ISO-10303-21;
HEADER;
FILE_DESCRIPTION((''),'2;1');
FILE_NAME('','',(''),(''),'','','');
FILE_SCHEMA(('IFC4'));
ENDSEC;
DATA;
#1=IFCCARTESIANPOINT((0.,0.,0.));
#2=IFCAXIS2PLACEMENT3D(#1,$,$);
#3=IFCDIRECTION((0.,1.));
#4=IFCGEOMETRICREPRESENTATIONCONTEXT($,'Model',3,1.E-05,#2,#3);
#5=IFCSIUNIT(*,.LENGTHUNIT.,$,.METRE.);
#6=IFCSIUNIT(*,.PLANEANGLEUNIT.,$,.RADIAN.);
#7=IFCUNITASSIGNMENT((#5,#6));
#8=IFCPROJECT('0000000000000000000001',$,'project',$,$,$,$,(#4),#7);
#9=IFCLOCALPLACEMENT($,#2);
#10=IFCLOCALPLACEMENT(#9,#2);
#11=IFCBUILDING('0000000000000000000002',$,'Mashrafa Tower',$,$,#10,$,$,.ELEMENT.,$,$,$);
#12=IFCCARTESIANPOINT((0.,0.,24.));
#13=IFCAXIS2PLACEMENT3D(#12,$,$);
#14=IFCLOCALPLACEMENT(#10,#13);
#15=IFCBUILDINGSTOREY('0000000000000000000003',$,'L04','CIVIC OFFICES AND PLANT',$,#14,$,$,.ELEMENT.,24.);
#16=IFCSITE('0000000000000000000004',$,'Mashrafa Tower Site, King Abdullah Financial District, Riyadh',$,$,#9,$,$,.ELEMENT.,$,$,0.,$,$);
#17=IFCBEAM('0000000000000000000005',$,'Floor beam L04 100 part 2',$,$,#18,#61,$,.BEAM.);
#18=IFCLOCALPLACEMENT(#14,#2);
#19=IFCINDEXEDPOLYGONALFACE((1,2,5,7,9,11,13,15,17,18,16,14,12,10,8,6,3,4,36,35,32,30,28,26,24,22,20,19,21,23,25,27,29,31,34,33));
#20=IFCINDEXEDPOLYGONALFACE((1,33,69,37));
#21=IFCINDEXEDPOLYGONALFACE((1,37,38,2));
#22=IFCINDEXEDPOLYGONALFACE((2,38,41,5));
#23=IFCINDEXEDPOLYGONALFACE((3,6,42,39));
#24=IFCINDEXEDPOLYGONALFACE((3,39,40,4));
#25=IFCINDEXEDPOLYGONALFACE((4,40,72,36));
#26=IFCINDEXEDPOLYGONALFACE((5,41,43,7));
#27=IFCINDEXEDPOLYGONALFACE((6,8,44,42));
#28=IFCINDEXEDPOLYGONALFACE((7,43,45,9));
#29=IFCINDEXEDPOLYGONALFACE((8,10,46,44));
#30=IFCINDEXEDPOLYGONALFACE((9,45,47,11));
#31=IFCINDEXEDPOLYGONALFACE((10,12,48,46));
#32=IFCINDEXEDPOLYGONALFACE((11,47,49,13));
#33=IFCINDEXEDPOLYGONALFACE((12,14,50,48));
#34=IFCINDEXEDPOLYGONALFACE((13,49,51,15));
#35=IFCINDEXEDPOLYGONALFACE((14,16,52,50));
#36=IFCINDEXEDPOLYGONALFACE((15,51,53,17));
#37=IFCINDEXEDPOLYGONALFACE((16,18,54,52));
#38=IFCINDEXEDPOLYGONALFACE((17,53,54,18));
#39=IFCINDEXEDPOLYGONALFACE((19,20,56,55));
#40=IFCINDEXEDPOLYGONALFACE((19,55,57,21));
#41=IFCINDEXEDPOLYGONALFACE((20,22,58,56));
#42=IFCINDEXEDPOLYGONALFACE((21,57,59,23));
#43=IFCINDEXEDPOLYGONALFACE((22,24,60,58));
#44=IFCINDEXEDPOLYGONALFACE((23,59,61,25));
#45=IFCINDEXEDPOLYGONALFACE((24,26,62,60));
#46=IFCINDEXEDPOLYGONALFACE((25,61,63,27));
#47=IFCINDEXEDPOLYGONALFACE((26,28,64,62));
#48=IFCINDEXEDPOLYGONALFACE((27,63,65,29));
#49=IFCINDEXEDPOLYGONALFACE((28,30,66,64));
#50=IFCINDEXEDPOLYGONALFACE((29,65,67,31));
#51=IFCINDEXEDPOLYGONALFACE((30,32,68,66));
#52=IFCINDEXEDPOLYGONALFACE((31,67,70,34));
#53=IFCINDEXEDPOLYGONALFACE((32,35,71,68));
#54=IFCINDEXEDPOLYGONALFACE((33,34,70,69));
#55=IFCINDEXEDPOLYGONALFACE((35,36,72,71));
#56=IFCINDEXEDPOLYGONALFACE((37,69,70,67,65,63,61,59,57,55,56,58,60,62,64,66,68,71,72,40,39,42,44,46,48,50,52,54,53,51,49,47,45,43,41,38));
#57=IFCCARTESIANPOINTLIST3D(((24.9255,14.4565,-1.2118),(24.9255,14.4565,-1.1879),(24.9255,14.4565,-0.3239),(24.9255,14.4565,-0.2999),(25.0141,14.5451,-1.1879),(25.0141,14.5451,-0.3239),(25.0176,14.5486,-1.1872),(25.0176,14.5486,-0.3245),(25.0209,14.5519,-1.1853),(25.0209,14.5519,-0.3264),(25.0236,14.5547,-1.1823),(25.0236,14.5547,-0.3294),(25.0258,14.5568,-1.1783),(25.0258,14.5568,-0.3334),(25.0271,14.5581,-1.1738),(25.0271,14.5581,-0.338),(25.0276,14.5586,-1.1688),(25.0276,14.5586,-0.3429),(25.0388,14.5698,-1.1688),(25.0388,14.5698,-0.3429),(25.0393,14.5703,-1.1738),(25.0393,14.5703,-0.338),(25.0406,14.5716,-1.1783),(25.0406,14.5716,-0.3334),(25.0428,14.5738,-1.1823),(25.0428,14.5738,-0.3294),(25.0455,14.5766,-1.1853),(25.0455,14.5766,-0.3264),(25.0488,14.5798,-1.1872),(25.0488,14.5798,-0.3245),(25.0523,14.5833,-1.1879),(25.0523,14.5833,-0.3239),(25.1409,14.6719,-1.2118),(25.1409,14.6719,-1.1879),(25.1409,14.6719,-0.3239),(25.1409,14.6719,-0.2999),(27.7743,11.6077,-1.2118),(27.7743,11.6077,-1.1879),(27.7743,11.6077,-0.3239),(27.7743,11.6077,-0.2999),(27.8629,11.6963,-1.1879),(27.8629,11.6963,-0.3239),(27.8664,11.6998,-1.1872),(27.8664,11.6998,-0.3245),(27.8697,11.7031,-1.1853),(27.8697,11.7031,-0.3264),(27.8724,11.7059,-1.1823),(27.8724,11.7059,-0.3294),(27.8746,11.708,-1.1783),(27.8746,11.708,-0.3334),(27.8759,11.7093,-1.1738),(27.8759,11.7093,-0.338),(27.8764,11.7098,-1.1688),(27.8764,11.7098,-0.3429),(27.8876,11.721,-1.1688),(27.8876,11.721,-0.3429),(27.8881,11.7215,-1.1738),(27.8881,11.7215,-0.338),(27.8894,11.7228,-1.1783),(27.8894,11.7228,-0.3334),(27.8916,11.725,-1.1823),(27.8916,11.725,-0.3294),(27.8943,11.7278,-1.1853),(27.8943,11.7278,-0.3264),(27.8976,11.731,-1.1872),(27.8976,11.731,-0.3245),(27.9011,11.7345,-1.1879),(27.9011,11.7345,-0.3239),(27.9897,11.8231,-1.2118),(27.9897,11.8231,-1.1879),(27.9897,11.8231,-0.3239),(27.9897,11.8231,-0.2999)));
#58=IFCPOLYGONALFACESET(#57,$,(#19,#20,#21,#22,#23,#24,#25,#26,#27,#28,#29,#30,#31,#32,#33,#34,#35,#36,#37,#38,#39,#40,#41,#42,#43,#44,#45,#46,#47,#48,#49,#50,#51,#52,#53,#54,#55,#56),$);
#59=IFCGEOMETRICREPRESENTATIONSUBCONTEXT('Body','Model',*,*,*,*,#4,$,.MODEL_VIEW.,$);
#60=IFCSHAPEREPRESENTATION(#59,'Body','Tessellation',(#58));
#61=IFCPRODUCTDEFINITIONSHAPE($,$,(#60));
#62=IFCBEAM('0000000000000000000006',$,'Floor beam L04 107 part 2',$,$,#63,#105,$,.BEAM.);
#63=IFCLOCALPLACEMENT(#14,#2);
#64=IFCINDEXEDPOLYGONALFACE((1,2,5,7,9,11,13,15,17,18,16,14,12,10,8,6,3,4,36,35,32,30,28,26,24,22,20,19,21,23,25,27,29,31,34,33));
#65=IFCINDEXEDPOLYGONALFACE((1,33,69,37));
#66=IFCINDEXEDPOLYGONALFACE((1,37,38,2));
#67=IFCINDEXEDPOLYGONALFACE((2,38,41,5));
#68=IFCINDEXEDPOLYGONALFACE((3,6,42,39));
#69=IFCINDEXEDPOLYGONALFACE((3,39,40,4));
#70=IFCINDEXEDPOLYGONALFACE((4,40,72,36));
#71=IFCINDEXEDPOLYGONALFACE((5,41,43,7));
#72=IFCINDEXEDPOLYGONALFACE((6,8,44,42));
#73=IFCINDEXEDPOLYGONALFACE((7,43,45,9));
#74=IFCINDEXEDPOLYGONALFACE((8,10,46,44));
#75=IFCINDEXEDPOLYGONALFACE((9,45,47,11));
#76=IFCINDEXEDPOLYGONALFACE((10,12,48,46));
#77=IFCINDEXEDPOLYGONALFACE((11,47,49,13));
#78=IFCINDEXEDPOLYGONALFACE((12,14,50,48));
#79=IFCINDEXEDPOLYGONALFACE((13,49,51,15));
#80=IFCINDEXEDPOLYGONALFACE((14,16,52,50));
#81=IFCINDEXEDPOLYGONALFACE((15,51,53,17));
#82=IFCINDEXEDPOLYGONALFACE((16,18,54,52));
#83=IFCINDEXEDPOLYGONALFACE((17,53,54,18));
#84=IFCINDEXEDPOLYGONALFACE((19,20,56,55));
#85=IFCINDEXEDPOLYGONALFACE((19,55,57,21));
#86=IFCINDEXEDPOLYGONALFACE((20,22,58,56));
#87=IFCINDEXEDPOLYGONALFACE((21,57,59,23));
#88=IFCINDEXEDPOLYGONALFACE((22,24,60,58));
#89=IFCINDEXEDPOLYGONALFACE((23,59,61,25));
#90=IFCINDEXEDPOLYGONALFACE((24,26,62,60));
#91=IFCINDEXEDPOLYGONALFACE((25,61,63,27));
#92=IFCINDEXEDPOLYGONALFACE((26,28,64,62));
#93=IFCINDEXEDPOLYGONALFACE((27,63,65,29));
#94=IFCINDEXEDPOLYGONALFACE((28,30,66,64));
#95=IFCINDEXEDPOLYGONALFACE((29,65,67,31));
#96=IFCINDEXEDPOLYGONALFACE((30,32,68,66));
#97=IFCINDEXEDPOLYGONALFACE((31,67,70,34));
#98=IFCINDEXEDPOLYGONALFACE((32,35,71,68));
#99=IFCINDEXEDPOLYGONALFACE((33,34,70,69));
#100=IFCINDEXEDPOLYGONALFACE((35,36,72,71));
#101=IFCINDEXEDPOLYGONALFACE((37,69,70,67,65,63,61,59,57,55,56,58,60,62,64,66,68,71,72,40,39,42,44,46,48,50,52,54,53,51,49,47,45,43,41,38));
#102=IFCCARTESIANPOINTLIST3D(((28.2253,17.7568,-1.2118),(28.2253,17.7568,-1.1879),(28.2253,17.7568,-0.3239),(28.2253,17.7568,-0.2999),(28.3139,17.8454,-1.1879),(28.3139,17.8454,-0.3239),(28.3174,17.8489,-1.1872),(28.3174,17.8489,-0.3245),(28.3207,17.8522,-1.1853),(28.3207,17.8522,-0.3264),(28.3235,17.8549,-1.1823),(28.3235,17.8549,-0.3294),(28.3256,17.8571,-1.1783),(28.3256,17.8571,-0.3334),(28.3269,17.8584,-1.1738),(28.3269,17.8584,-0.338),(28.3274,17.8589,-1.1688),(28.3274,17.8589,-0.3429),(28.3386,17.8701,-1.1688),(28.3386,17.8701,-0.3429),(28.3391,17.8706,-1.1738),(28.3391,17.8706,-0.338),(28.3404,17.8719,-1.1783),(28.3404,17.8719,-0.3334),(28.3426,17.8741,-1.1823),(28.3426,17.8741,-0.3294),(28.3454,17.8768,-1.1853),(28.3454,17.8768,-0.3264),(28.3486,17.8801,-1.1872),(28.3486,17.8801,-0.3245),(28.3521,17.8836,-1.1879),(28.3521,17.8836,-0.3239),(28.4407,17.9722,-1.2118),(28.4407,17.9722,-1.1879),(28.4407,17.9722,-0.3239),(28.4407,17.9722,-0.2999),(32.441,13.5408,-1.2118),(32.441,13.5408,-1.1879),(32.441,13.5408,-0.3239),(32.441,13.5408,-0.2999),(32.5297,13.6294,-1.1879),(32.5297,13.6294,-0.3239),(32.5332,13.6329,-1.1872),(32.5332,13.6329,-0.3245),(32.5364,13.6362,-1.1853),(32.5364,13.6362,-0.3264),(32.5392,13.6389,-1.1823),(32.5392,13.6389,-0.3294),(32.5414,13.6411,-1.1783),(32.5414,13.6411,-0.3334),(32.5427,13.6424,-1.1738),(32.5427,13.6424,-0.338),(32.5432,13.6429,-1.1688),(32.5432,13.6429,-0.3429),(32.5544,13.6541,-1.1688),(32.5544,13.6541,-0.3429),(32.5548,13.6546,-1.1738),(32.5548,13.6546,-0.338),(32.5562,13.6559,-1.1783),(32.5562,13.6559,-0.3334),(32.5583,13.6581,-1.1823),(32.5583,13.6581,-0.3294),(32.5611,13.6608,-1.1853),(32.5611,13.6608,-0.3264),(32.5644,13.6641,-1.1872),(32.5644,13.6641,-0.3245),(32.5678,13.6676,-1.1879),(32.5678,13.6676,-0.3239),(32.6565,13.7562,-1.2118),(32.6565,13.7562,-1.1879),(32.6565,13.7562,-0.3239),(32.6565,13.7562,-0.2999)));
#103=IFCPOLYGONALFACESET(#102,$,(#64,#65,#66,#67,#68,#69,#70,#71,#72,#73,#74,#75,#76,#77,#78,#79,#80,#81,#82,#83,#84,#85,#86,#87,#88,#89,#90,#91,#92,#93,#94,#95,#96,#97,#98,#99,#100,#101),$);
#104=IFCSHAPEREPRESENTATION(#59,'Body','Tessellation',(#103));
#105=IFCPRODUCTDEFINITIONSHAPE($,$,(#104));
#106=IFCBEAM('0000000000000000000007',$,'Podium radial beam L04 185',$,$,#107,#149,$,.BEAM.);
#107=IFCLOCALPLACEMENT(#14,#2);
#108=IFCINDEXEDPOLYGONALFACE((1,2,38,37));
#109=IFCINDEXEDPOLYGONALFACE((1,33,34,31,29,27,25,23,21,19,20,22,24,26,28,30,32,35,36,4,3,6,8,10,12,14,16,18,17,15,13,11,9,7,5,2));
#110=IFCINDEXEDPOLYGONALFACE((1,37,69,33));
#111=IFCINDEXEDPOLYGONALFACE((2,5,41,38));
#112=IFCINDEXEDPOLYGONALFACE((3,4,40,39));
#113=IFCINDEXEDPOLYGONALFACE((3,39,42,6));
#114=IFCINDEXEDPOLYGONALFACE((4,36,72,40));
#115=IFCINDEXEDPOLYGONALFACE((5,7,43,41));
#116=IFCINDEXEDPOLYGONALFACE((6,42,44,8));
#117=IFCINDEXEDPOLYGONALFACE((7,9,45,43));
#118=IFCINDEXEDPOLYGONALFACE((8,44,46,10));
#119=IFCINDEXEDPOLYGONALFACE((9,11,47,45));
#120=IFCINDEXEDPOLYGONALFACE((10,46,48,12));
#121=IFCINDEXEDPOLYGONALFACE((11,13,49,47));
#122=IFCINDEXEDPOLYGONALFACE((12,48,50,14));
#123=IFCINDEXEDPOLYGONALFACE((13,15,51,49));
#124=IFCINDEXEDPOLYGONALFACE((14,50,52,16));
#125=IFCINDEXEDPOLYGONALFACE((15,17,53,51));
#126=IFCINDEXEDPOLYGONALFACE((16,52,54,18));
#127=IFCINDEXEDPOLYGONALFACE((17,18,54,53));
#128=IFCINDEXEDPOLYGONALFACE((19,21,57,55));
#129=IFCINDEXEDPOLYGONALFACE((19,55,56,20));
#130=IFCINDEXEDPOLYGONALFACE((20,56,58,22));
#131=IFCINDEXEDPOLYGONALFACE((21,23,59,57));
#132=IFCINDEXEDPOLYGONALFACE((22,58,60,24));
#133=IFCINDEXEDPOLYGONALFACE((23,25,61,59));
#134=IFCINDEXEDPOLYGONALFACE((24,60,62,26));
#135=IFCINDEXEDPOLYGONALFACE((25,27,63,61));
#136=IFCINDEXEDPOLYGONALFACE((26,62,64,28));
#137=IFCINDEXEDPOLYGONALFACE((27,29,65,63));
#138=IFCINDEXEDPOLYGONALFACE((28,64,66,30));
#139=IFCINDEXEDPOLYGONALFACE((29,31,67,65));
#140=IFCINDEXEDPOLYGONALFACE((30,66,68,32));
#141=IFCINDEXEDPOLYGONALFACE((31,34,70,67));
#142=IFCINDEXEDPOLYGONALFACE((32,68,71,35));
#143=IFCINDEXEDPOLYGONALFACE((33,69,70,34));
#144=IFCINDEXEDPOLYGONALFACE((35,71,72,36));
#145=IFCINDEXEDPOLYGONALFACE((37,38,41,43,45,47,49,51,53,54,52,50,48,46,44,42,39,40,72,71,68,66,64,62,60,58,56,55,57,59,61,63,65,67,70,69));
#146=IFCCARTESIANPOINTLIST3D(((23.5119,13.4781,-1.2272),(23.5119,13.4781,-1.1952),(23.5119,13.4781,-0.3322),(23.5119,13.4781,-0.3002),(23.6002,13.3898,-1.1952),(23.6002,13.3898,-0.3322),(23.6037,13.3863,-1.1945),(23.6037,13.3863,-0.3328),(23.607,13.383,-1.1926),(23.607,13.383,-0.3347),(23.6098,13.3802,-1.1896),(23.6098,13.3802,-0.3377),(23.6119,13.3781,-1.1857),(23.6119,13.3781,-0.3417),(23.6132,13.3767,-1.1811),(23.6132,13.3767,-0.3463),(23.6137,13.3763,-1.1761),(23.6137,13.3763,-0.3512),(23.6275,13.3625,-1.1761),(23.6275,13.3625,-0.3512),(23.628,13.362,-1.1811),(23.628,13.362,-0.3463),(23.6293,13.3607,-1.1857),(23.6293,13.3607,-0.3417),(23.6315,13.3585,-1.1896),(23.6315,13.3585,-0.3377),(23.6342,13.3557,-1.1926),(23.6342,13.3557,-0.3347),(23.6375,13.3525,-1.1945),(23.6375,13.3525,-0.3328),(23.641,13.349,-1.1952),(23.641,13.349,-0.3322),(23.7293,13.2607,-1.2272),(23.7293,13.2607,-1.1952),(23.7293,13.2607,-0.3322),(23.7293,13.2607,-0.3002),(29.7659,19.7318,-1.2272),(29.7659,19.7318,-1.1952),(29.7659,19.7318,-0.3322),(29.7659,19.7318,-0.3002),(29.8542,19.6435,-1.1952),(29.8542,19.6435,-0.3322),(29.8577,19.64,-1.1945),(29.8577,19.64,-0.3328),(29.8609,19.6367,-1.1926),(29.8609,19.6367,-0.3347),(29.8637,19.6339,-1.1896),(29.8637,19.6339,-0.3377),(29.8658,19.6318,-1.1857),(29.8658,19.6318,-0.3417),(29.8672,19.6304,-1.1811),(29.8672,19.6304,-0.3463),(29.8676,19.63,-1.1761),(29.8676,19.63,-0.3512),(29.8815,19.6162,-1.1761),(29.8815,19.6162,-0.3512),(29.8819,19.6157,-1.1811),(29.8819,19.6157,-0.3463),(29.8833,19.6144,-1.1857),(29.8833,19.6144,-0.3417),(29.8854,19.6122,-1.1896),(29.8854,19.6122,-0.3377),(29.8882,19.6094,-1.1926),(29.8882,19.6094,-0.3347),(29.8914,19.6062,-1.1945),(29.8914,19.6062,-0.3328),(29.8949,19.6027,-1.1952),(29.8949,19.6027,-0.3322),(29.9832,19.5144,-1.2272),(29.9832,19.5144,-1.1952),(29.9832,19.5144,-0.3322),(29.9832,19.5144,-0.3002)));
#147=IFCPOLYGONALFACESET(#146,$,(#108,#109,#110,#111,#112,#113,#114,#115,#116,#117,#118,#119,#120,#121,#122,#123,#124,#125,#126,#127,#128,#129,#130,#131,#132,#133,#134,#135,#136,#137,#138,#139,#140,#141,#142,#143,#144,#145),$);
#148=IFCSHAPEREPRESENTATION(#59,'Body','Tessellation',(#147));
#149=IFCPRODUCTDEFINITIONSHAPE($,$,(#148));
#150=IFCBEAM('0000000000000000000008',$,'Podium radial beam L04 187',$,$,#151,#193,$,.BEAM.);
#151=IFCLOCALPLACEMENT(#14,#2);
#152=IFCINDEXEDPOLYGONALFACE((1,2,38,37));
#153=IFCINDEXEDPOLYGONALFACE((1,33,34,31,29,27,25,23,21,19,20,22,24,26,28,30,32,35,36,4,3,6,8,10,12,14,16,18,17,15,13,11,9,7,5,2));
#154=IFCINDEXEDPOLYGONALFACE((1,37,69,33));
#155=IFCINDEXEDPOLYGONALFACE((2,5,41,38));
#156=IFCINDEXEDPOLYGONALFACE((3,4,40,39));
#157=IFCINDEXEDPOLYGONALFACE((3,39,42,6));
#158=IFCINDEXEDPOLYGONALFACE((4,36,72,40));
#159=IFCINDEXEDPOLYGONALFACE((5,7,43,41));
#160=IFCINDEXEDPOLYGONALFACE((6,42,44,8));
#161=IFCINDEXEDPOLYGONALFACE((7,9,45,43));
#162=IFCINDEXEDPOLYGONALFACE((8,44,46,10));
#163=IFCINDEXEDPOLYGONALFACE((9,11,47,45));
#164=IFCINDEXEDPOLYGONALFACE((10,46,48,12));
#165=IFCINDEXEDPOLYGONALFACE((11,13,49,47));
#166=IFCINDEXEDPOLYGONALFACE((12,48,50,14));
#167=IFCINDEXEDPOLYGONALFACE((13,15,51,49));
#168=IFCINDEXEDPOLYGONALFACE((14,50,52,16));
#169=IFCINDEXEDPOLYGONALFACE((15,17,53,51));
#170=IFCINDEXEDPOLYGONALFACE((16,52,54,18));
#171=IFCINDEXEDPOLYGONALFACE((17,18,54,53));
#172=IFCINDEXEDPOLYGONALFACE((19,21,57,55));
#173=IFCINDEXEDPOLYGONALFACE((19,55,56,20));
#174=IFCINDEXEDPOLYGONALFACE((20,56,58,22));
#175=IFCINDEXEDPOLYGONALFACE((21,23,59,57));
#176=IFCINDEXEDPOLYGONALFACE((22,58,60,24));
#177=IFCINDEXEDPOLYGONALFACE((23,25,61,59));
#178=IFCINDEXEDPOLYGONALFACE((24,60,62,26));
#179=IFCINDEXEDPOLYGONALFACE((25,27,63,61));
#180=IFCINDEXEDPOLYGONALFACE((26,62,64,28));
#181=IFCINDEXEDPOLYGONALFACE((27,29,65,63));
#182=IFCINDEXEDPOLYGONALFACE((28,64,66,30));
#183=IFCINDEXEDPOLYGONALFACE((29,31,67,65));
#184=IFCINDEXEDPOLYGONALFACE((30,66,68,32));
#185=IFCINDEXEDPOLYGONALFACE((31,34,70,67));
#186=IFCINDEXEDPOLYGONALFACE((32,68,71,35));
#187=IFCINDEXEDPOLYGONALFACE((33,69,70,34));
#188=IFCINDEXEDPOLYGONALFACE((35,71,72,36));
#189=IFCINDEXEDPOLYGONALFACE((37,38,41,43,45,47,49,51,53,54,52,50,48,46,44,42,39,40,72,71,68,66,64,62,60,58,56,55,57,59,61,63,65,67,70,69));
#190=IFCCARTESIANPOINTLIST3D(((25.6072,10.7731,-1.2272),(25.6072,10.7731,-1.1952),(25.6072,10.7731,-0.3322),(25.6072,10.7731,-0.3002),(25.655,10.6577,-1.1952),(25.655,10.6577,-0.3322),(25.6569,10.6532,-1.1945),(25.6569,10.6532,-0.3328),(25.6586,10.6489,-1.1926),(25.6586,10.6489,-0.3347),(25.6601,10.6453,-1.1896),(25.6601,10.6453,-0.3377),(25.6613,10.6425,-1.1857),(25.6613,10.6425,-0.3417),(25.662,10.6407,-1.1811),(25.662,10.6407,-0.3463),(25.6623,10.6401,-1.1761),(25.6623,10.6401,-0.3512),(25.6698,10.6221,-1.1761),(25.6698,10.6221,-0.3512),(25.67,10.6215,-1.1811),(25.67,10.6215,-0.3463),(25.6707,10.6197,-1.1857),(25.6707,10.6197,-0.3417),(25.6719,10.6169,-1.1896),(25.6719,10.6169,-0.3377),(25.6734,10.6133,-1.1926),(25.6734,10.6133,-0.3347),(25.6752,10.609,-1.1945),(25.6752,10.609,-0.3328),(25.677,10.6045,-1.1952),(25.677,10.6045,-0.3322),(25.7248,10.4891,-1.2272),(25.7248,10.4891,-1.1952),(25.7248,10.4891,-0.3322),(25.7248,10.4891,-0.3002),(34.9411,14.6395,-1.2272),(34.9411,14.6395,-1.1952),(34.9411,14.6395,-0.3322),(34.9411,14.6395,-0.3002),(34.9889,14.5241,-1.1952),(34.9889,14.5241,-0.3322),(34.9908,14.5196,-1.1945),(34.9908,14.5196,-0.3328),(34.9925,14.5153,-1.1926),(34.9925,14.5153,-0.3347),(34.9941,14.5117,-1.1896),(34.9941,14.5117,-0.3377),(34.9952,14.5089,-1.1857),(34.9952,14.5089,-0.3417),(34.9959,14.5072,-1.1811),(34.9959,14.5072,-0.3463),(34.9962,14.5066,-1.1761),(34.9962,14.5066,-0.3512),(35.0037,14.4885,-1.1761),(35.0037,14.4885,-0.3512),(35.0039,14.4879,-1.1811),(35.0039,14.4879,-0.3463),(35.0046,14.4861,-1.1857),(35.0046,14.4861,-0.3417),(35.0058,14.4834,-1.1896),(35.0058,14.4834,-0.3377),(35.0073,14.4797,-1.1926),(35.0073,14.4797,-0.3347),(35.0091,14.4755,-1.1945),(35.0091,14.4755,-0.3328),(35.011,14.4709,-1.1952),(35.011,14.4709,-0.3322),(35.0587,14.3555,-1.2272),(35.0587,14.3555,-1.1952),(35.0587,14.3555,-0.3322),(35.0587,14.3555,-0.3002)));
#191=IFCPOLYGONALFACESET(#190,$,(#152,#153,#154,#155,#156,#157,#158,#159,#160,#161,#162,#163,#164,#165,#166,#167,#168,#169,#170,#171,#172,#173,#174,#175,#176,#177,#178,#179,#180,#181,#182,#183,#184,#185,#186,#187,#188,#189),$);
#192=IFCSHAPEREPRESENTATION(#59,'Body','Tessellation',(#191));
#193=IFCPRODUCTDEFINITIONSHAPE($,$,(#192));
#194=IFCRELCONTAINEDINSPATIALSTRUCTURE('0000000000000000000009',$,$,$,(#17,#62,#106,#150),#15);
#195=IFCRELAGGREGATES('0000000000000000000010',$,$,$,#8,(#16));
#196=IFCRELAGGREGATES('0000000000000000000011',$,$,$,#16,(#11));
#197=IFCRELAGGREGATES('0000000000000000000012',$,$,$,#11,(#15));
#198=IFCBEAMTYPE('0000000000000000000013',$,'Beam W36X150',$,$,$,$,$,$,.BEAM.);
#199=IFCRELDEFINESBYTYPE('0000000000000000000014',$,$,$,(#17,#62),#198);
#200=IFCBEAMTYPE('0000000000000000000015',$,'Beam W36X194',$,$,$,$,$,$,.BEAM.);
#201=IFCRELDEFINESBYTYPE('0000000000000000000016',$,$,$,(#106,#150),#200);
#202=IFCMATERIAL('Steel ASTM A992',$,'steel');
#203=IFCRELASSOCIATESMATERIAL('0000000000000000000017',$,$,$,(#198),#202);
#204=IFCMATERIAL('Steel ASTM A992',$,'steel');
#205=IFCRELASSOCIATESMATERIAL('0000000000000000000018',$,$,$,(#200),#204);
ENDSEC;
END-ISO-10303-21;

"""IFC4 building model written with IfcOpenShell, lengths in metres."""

from ifc_helpers import new_model, si_unit, direction, frame, origin, origin_2d, place, context, subcontext, project, spatial, i_section, extrude, material, material_profile, profile_set, type_object, element, save


model = new_model("IFC4")

# Units and contexts
model_context = context("Model", 3, precision=1e-05, world=origin(), true_north=direction((0.0, 1.0)))
body_context = subcontext(model_context, "Body", "Model", "MODEL_VIEW")
ifc_project = project(units=[si_unit("LENGTHUNIT", "METRE"), si_unit("PLANEANGLEUNIT", "RADIAN")], contexts=[model_context])

# Site, building, storey
site_placement = place(None, origin())
site = spatial("IfcSite", under=ifc_project, at=site_placement, Name="Mashrafa Tower Site, King Abdullah Financial District, Riyadh", CompositionType="ELEMENT", RefElevation=0.0)
building_placement = place(site_placement, origin())
building = spatial("IfcBuilding", under=site, at=building_placement, Name="Mashrafa Tower", CompositionType="ELEMENT")
storey_placement = place(building_placement, frame((0.0, 0.0, 24.0)))
storey = spatial("IfcBuildingStorey", under=building, at=storey_placement, Name="L04", Description="CIVIC OFFICES AND PLANT", CompositionType="ELEMENT", Elevation=24.0)

# Beams
ifc_material_1 = material(Name="Steel ASTM A992", Category="steel")
ifc_material_profile_1 = material_profile(ifc_material_1, i_section(OverallWidth=0.3047, OverallDepth=0.9119, WebThickness=0.0159, FlangeThickness=0.0239, FilletRadius=0.019, at=origin_2d()), Name="W36X150")
ifc_profile_set_1 = profile_set([ifc_material_profile_1], Name="Steel ASTM A992")
beam_type_1 = type_object("IfcBeamType", Name="Beam W36X150", PredefinedType="BEAM", material=ifc_profile_set_1)
beam_1_placement = place(storey_placement, frame((25.0332, 14.5642, -0.7559), z_axis=(0.707107, -0.707107, 0.0), x_axis=(0.707107, 0.707107, 0.0)))
element("IfcBeam", 1, at=beam_1_placement, inside=storey, type_object=beam_type_1, Name="Floor beam L04 100 part 2", PredefinedType="BEAM", context=body_context, shape_type="SweptSolid", body=[
    extrude(i_section(OverallWidth=0.3047, OverallDepth=0.9119, WebThickness=0.0159, FlangeThickness=0.0239, FilletRadius=0.019, at=origin_2d()), origin(), (0.0, 0.0, 1.0), 4.0288),
])
beam_2_placement = place(storey_placement, frame((28.333, 17.8645, -0.7559), z_axis=(0.707086, -0.707127, 0.0), x_axis=(0.707127, 0.707086, 0.0)))
element("IfcBeam", 2, at=beam_2_placement, inside=storey, type_object=beam_type_1, Name="Floor beam L04 107 part 2", PredefinedType="BEAM", context=body_context, shape_type="SweptSolid", body=[
    extrude(i_section(OverallWidth=0.3047, OverallDepth=0.9119, WebThickness=0.0159, FlangeThickness=0.0239, FilletRadius=0.019, at=origin_2d()), origin(), (0.0, 0.0, 1.0), 5.9622),
])
ifc_material_2 = material(Name="Steel ASTM A992", Category="steel")
ifc_material_profile_2 = material_profile(ifc_material_2, i_section(OverallWidth=0.3074, OverallDepth=0.927, WebThickness=0.0195, FlangeThickness=0.032, FilletRadius=0.019, at=origin_2d()), Name="W36X194")
ifc_profile_set_2 = profile_set([ifc_material_profile_2], Name="Steel ASTM A992")
beam_type_2 = type_object("IfcBeamType", Name="Beam W36X194", PredefinedType="BEAM", material=ifc_profile_set_2)
beam_3_placement = place(storey_placement, frame((23.6206, 13.3694, -0.7637), z_axis=(0.707121, 0.707093, 0.0), x_axis=(-0.707093, 0.707121, 0.0)))
element("IfcBeam", 3, at=beam_3_placement, inside=storey, type_object=beam_type_2, Name="Podium radial beam L04 185", PredefinedType="BEAM", context=body_context, shape_type="SweptSolid", body=[
    extrude(i_section(OverallWidth=0.3074, OverallDepth=0.927, WebThickness=0.0195, FlangeThickness=0.032, FilletRadius=0.019, at=origin_2d()), origin(), (0.0, 0.0, 1.0), 8.8442),
])
beam_4_placement = place(storey_placement, frame((25.666, 10.6311, -0.7637), z_axis=(0.923873, 0.3827, 0.0), x_axis=(-0.3827, 0.923873, 0.0)))
element("IfcBeam", 4, at=beam_4_placement, inside=storey, type_object=beam_type_2, Name="Podium radial beam L04 187", PredefinedType="BEAM", context=body_context, shape_type="SweptSolid", body=[
    extrude(i_section(OverallWidth=0.3074, OverallDepth=0.927, WebThickness=0.0195, FlangeThickness=0.032, FilletRadius=0.019, at=origin_2d()), origin(), (0.0, 0.0, 1.0), 10.103),
])

save(model, "model.ifc")
